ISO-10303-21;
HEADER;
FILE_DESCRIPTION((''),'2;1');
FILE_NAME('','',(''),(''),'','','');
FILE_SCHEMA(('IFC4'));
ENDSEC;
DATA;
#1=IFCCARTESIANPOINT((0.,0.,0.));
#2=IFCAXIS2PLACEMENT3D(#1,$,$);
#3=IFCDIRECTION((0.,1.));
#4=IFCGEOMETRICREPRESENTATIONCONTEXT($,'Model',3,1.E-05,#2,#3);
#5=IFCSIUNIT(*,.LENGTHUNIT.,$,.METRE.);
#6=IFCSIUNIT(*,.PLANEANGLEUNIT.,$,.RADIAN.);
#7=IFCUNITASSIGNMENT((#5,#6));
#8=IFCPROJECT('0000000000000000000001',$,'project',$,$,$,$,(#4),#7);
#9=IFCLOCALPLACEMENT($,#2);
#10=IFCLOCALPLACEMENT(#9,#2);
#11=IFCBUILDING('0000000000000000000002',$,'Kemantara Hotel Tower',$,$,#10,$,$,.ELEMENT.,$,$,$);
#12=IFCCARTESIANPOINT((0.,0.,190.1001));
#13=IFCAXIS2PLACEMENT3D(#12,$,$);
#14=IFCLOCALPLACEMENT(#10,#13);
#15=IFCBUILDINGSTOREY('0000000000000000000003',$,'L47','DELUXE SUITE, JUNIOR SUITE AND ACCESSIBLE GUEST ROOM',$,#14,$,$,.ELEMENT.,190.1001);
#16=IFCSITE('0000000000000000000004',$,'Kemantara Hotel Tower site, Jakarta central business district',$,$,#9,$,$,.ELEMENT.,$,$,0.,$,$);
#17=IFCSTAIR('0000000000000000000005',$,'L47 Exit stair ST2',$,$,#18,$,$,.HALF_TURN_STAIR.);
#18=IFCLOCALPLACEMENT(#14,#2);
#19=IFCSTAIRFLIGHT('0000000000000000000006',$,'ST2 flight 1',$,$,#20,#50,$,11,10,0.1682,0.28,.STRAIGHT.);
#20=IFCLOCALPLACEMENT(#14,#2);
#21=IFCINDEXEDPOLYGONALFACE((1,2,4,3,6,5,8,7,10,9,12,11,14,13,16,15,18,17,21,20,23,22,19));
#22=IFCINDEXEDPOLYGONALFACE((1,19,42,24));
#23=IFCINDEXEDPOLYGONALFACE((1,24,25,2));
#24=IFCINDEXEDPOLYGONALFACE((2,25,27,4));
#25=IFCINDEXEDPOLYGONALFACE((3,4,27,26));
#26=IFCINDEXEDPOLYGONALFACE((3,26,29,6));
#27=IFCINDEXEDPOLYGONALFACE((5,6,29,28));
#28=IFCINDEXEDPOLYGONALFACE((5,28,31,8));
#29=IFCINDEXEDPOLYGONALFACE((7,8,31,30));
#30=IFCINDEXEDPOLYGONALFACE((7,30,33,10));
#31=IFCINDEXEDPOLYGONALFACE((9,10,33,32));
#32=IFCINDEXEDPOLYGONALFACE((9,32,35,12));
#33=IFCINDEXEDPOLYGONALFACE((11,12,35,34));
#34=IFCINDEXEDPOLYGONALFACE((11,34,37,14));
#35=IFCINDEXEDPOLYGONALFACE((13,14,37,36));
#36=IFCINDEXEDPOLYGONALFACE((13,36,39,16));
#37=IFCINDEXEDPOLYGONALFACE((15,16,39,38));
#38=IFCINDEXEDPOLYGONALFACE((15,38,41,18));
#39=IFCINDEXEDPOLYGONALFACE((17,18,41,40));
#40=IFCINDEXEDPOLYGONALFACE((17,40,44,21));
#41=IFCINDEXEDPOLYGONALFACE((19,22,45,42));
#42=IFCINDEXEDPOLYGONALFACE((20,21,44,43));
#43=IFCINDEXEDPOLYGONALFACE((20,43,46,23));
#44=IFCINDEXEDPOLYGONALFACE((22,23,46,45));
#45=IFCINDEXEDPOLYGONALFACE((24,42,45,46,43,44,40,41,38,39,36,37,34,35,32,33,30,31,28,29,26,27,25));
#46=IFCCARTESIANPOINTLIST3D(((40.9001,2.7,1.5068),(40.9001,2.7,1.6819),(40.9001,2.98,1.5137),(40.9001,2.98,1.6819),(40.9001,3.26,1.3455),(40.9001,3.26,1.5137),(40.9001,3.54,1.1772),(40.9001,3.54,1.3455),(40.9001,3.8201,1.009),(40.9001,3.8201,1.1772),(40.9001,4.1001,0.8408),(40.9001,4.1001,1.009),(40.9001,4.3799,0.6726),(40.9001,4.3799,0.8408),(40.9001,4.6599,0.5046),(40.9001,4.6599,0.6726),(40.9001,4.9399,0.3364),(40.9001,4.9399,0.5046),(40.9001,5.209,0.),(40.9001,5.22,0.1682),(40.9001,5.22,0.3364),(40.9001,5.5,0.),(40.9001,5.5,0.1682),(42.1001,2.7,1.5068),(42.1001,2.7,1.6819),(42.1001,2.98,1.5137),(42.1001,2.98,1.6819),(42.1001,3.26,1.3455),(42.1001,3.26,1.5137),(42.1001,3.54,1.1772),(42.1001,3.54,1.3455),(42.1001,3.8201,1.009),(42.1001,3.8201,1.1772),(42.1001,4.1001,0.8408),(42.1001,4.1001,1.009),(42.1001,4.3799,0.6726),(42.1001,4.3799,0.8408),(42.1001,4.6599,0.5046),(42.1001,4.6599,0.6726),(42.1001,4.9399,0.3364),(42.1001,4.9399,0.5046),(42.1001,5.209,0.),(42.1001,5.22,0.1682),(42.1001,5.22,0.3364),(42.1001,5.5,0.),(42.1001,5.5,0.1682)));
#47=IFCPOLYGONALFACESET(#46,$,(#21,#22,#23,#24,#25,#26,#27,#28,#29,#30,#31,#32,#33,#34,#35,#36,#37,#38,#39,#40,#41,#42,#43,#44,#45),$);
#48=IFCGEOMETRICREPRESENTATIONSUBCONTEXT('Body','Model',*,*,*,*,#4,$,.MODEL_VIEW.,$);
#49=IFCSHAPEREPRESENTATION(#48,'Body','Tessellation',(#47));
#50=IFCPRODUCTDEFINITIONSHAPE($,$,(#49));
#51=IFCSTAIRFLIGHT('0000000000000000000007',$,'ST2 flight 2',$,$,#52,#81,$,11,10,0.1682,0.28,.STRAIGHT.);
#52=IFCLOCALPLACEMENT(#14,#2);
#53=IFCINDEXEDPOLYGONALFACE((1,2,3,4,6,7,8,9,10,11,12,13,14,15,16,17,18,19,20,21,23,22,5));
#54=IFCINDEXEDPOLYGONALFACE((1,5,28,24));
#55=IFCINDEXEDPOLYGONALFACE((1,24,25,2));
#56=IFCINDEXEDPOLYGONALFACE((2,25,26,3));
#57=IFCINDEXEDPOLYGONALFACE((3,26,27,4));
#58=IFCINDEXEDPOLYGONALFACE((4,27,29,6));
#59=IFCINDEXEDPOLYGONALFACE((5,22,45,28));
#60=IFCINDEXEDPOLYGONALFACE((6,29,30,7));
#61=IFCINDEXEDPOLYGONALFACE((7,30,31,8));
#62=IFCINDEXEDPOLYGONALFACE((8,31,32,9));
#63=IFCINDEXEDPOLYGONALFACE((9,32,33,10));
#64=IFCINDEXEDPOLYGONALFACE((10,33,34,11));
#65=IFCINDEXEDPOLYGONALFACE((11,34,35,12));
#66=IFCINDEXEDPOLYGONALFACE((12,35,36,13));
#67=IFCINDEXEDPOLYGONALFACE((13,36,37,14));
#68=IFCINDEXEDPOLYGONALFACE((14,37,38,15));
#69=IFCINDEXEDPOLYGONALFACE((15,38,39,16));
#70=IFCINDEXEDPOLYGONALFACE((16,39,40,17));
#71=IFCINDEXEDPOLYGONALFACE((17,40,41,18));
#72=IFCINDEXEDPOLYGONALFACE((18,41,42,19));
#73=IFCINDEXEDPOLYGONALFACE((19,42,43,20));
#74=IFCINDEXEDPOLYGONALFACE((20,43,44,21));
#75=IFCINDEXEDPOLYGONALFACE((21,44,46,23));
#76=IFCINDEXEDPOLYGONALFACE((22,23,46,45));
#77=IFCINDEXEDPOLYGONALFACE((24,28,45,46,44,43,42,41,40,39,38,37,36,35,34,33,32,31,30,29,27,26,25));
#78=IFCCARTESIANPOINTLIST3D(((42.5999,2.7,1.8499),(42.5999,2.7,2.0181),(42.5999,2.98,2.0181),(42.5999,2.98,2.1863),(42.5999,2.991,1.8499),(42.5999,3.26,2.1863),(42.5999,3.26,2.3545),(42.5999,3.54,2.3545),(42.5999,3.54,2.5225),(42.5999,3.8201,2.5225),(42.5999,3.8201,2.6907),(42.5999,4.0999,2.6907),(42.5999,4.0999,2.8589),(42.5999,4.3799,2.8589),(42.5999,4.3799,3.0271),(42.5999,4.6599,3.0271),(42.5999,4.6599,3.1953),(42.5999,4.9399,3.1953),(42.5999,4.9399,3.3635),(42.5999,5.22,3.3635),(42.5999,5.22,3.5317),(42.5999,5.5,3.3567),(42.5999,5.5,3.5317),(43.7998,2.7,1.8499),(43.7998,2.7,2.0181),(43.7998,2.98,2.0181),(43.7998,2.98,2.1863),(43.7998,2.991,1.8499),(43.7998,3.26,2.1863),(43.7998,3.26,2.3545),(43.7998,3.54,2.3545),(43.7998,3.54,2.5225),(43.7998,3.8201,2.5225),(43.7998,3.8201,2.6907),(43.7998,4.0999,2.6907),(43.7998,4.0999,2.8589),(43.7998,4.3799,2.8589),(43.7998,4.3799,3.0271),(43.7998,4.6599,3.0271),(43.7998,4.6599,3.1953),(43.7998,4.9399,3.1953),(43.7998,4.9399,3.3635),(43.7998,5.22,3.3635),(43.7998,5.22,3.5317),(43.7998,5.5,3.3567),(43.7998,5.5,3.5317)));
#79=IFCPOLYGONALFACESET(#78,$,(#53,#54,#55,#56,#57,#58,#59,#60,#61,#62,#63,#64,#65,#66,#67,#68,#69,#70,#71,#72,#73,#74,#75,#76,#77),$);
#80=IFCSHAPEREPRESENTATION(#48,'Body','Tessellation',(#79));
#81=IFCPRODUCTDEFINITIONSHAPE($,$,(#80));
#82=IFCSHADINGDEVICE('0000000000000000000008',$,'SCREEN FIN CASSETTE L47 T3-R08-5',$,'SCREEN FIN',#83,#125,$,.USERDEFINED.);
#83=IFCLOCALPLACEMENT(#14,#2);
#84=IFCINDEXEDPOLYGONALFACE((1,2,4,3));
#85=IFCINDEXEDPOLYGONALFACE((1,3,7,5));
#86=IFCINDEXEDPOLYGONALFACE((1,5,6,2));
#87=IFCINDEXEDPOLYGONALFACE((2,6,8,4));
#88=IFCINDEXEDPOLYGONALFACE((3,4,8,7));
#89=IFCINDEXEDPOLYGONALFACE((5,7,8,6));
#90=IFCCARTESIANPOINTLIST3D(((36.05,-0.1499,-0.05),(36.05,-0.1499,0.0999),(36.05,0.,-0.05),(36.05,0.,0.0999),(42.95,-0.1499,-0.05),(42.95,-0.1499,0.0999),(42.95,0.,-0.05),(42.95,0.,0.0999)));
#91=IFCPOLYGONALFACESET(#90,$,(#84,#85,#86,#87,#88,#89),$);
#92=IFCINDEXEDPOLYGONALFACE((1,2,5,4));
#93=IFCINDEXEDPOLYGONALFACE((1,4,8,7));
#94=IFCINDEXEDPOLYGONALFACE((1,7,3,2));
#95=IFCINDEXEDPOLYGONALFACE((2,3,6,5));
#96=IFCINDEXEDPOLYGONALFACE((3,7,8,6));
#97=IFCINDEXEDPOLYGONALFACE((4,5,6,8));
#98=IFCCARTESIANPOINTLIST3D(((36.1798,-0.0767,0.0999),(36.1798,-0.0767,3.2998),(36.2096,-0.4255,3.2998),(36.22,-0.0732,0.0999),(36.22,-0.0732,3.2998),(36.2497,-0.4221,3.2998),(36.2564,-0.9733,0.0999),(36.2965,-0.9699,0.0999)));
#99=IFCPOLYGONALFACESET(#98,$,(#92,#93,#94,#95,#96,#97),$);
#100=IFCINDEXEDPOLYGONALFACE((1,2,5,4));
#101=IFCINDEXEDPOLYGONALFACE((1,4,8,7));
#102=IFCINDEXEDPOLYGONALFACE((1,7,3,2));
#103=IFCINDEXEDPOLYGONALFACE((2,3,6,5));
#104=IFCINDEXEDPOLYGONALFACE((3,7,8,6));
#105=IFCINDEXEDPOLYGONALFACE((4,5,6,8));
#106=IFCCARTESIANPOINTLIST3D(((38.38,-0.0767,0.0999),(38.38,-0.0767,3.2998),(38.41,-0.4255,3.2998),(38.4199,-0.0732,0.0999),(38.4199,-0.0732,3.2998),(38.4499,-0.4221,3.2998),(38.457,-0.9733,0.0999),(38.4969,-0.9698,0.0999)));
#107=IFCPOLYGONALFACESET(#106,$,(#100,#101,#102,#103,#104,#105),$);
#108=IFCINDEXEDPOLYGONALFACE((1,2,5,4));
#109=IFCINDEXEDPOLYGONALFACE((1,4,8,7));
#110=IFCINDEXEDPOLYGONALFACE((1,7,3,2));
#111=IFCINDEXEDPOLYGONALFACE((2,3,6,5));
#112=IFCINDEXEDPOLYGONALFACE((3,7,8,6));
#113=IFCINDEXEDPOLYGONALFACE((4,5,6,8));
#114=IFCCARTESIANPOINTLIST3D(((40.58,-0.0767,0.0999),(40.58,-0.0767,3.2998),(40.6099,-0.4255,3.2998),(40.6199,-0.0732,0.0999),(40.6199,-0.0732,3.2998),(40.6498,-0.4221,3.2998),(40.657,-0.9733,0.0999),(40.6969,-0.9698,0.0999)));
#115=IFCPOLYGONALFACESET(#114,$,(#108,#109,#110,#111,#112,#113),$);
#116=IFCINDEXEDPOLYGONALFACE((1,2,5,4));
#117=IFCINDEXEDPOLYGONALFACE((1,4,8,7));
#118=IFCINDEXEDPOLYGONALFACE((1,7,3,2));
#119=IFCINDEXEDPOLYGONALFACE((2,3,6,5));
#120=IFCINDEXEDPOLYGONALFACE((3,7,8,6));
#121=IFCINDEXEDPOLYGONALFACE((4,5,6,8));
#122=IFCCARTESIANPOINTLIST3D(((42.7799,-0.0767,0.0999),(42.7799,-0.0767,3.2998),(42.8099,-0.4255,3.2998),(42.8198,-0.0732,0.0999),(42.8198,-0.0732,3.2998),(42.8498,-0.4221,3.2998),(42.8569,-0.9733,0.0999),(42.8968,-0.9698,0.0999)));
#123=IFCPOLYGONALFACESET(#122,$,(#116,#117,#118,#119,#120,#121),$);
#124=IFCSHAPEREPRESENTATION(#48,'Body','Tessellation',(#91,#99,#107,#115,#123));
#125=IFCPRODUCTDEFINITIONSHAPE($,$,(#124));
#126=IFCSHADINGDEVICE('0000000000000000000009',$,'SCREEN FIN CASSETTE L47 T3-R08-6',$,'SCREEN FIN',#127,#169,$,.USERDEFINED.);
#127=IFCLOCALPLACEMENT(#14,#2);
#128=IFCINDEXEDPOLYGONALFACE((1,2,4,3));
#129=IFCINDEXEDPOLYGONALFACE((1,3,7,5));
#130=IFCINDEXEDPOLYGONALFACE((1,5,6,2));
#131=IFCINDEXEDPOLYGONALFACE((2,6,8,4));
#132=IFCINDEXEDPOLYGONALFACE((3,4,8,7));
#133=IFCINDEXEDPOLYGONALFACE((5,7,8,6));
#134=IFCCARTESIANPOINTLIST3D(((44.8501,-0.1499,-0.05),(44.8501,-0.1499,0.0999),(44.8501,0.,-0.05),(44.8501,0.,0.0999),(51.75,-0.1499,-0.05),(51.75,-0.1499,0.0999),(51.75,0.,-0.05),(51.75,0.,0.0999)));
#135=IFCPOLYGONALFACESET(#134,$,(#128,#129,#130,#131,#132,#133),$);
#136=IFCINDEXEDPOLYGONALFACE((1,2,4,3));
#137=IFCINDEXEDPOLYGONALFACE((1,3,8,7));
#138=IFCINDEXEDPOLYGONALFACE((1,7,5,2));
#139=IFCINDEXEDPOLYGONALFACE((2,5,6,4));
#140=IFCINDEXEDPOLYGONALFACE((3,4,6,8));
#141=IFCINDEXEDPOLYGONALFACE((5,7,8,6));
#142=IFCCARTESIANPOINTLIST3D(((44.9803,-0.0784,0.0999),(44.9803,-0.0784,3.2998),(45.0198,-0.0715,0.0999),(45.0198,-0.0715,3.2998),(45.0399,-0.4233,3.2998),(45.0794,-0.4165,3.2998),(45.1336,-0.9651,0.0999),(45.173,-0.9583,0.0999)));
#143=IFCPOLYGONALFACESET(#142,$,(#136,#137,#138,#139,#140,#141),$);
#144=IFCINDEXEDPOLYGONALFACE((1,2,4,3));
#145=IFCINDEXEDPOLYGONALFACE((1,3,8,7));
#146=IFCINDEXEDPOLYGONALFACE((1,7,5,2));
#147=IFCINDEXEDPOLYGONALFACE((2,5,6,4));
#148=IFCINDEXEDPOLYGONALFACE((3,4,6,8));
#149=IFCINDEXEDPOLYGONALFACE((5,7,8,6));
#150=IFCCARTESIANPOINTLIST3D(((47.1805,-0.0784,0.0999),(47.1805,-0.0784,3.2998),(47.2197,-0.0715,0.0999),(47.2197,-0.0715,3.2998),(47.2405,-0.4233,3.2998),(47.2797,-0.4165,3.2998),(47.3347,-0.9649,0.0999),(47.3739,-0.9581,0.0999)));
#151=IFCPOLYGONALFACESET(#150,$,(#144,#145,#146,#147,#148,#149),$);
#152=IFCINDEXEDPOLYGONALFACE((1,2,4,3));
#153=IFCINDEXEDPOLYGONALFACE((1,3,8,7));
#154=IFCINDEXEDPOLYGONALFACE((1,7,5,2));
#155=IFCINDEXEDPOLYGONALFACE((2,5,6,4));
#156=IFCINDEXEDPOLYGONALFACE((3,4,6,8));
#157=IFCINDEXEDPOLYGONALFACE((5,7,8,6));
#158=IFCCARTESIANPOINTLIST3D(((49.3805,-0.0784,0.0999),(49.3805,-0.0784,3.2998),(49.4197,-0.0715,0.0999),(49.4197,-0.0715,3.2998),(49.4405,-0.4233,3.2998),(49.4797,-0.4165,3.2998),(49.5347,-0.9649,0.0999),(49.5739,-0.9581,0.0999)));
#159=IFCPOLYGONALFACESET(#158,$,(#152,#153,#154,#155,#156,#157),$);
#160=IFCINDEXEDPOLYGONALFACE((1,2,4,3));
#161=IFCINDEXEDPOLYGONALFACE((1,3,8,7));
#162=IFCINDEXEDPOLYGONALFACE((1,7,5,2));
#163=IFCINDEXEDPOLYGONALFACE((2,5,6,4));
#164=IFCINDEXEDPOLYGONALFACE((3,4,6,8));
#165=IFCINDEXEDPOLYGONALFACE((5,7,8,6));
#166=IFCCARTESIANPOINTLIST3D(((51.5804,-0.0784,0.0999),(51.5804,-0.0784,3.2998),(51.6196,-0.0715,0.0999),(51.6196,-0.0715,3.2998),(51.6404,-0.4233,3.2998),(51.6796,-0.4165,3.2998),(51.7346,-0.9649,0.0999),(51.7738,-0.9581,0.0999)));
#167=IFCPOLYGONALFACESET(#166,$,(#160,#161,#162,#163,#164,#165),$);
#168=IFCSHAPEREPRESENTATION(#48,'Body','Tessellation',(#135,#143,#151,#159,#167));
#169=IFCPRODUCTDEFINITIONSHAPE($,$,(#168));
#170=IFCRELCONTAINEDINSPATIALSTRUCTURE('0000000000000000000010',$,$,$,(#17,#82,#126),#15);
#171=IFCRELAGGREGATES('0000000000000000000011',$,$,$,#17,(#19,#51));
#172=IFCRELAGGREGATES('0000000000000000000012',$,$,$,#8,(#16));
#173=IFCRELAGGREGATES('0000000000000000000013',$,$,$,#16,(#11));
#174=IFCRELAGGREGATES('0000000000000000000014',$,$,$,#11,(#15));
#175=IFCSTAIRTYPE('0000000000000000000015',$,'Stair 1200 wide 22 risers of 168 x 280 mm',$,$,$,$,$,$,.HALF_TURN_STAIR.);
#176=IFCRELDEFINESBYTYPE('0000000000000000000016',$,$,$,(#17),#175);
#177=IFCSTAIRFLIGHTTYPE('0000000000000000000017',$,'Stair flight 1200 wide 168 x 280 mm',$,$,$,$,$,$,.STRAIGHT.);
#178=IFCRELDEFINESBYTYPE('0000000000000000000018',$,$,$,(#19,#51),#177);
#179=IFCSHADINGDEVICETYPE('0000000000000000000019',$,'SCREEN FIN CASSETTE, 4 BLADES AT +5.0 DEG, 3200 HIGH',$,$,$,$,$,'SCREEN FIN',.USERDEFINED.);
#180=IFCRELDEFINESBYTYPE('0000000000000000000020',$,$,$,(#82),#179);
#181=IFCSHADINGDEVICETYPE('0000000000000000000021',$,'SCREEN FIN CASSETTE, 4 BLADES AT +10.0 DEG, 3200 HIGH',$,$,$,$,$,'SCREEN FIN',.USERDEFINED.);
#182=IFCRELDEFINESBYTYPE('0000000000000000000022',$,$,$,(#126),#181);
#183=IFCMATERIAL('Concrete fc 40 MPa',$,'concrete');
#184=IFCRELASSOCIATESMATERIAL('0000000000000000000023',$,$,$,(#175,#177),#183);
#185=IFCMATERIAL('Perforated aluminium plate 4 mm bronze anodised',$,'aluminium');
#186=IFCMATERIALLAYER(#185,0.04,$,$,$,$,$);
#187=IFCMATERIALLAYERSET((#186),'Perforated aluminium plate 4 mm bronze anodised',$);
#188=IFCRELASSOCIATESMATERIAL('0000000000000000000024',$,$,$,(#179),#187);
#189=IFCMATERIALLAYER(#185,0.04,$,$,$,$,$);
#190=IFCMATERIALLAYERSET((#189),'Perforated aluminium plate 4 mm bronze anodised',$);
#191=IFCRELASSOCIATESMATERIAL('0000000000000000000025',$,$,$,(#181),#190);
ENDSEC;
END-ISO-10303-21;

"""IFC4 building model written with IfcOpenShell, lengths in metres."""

from ifc_helpers import new_model, si_unit, direction, frame, origin, origin_2d, place, context, subcontext, project, spatial, polyline, rectangle, outline, extrude, source, transform, mapped, material, layer, layer_set, type_object, element, aggregate, save


model = new_model("IFC4")

# Units and contexts
model_context = context("Model", 3, precision=1e-05, world=origin(), true_north=direction((0.0, 1.0)))
body_context = subcontext(model_context, "Body", "Model", "MODEL_VIEW")
ifc_project = project(units=[si_unit("LENGTHUNIT", "METRE"), si_unit("PLANEANGLEUNIT", "RADIAN")], contexts=[model_context])

# Site, building, storey
site_placement = place(None, origin())
site = spatial("IfcSite", under=ifc_project, at=site_placement, Name="Kemantara Hotel Tower site, Jakarta central business district", CompositionType="ELEMENT", RefElevation=0.0)
building_placement = place(site_placement, origin())
building = spatial("IfcBuilding", under=site, at=building_placement, Name="Kemantara Hotel Tower", CompositionType="ELEMENT")
storey_placement = place(building_placement, frame((0.0, 0.0, 190.1001)))
storey = spatial("IfcBuildingStorey", under=building, at=storey_placement, Name="L47", Description="DELUXE SUITE, JUNIOR SUITE AND ACCESSIBLE GUEST ROOM", CompositionType="ELEMENT", Elevation=190.1001)

# Stair, stair flights
ifc_material_1 = material(Name="Concrete fc 40 MPa", Category="concrete")
stair_type = type_object("IfcStairType", Name="Stair 1200 wide 22 risers of 168 x 280 mm", PredefinedType="HALF_TURN_STAIR", material=ifc_material_1)
stair_placement = place(storey_placement, origin())
stair = element("IfcStair", 1, at=stair_placement, inside=storey, type_object=stair_type, Name="L47 Exit stair ST2", PredefinedType="HALF_TURN_STAIR")
stair_flight_type = type_object("IfcStairFlightType", Name="Stair flight 1200 wide 168 x 280 mm", PredefinedType="STRAIGHT", material=ifc_material_1)
stair_flight_1_placement = place(storey_placement, frame((41.5, 5.5, 0.0), z_axis=(0.0, 0.0, 1.0), x_axis=(0.0, -1.0, 0.0)))
stair_flight_1 = element("IfcStairFlight", 2, at=stair_flight_1_placement, type_object=stair_flight_type, Name="ST2 flight 1", NumberOfRisers=11, NumberOfTreads=10, PredefinedType="STRAIGHT", RiserHeight=0.1682, TreadLength=0.28, context=body_context, shape_type="SweptSolid", body=[
    extrude(outline(polyline([(0.0, 0.0), (0.0, 0.1682), (0.28, 0.1682), (0.28, 0.3364), (0.5601, 0.3364), (0.5601, 0.5046), (0.8401, 0.5046), (0.8401, 0.6726), (1.1201, 0.6726), (1.1201, 0.8408), (1.3999, 0.8408), (1.3999, 1.009), (1.6799, 1.009), (1.6799, 1.1772), (1.96, 1.1772), (1.96, 1.3455), (2.24, 1.3455), (2.24, 1.5137), (2.52, 1.5137), (2.52, 1.6819), (2.8, 1.6819), (2.8, 1.8501), (2.8, 1.5068), (0.291, 0.0), (0.0, 0.0)])), frame((0.0, 0.6001, 0.0), z_axis=(0.0, -1.0, 0.0), x_axis=(1.0, 0.0, 0.0)), (0.0, 0.0, 1.0), 1.2),
])
stair_flight_2_placement = place(storey_placement, frame((43.2, 2.7, 1.8499), z_axis=(0.0, 0.0, 1.0), x_axis=(0.0, 1.0, 0.0)))
stair_flight_2 = element("IfcStairFlight", 3, at=stair_flight_2_placement, type_object=stair_flight_type, Name="ST2 flight 2", NumberOfRisers=11, NumberOfTreads=10, PredefinedType="STRAIGHT", RiserHeight=0.1682, TreadLength=0.28, context=body_context, shape_type="SweptSolid", body=[
    extrude(outline(polyline([(0.0, 0.0), (0.0, 0.1682), (0.28, 0.1682), (0.28, 0.3364), (0.5601, 0.3364), (0.5601, 0.5046), (0.8401, 0.5046), (0.8401, 0.6726), (1.1201, 0.6726), (1.1201, 0.8408), (1.3999, 0.8408), (1.3999, 1.009), (1.6799, 1.009), (1.6799, 1.1772), (1.96, 1.1772), (1.96, 1.3455), (2.24, 1.3455), (2.24, 1.5137), (2.52, 1.5137), (2.52, 1.6819), (2.8, 1.6819), (2.8, 1.8501), (2.8, 1.5068), (0.291, 0.0), (0.0, 0.0)])), frame((0.0, 0.6001, 0.0), z_axis=(0.0, -1.0, 0.0), x_axis=(1.0, 0.0, 0.0)), (0.0, 0.0, 1.0), 1.2),
])
aggregate(stair, [stair_flight_1, stair_flight_2])

# Shading devices
ifc_material_2 = material(Name="Perforated aluminium plate 4 mm bronze anodised", Category="aluminium")
ifc_layer_1 = layer(ifc_material_2, 0.04)
ifc_layer_set_1 = layer_set([ifc_layer_1], Name="Perforated aluminium plate 4 mm bronze anodised")
shading_device_type_1 = type_object("IfcShadingDeviceType", Name="SCREEN FIN CASSETTE, 4 BLADES AT +5.0 DEG, 3200 HIGH", ElementType="SCREEN FIN", PredefinedType="USERDEFINED", material=ifc_layer_set_1)
shared_shape_1 = source(origin(), body_context, "Body", "SweptSolid", [
    extrude(rectangle(XDim=6.8999, YDim=0.1499, at=origin_2d()), frame((3.3, -0.075, -0.1499), z_axis=(0.0, 0.0, 1.0), x_axis=(1.0, 0.0, 0.0)), (0.0, 0.0, 1.0), 0.1499),
    extrude(outline(polyline([(0.0, 0.0), (0.8999, 0.0), (0.3501, 3.2), (0.0, 3.2), (0.0, 0.0)])), frame((0.02, -0.0732, 0.0), z_axis=(-0.996376, -0.085056, 0.0), x_axis=(0.085056, -0.996376, 0.0)), (0.0, 0.0, 1.0), 0.0403),
    extrude(outline(polyline([(0.0, 0.0), (0.8999, 0.0), (0.3501, 3.2), (0.0, 3.2), (0.0, 0.0)])), frame((2.22, -0.0732, 0.0), z_axis=(-0.996332, -0.085575, 0.0), x_axis=(0.085575, -0.996332, 0.0)), (0.0, 0.0, 1.0), 0.04),
    extrude(outline(polyline([(0.0, 0.0), (0.8999, 0.0), (0.3501, 3.2), (0.0, 3.2), (0.0, 0.0)])), frame((4.4199, -0.0732, 0.0), z_axis=(-0.996332, -0.085575, 0.0), x_axis=(0.085575, -0.996332, 0.0)), (0.0, 0.0, 1.0), 0.04),
    extrude(outline(polyline([(0.0, 0.0), (0.8999, 0.0), (0.3501, 3.2), (0.0, 3.2), (0.0, 0.0)])), frame((6.6199, -0.0732, 0.0), z_axis=(-0.996332, -0.085575, 0.0), x_axis=(0.085575, -0.996332, 0.0)), (0.0, 0.0, 1.0), 0.04),
])
shading_device_1_placement = place(storey_placement, frame((36.2, 0.0, 0.0999), z_axis=(0.0, 0.0, 1.0), x_axis=(1.0, 0.0, 0.0)))
element("IfcShadingDevice", 4, at=shading_device_1_placement, inside=storey, type_object=shading_device_type_1, Name="SCREEN FIN CASSETTE L47 T3-R08-5", ObjectType="SCREEN FIN", PredefinedType="USERDEFINED", context=body_context, shape_type="MappedRepresentation", body=[
    mapped(shared_shape_1, transform((0.0, 0.0, 0.0))),
])
ifc_layer_2 = layer(ifc_material_2, 0.04)
ifc_layer_set_2 = layer_set([ifc_layer_2], Name="Perforated aluminium plate 4 mm bronze anodised")
shading_device_type_2 = type_object("IfcShadingDeviceType", Name="SCREEN FIN CASSETTE, 4 BLADES AT +10.0 DEG, 3200 HIGH", ElementType="SCREEN FIN", PredefinedType="USERDEFINED", material=ifc_layer_set_2)
shared_shape_2 = source(origin(), body_context, "Body", "SweptSolid", [
    extrude(rectangle(XDim=6.8999, YDim=0.1499, at=origin_2d()), frame((3.3, -0.075, -0.1499), z_axis=(0.0, 0.0, 1.0), x_axis=(1.0, 0.0, 0.0)), (0.0, 0.0, 1.0), 0.1499),
    extrude(outline(polyline([(0.0, 0.0), (0.8999, 0.0), (0.3501, 3.2), (0.0, 3.2), (0.0, 0.0)])), frame((0.0198, -0.0715, 0.0), z_axis=(-0.98539, -0.170314, 0.0), x_axis=(0.170314, -0.98539, 0.0)), (0.0, 0.0, 1.0), 0.04),
    extrude(outline(polyline([(0.0, 0.0), (0.8999, 0.0), (0.3501, 3.2), (0.0, 3.2), (0.0, 0.0)])), frame((2.2197, -0.0715, 0.0), z_axis=(-0.985212, -0.171341, 0.0), x_axis=(0.171341, -0.985212, 0.0)), (0.0, 0.0, 1.0), 0.0398),
    extrude(outline(polyline([(0.0, 0.0), (0.8999, 0.0), (0.3501, 3.2), (0.0, 3.2), (0.0, 0.0)])), frame((4.4197, -0.0715, 0.0), z_axis=(-0.985212, -0.171341, 0.0), x_axis=(0.171341, -0.985212, 0.0)), (0.0, 0.0, 1.0), 0.0398),
    extrude(outline(polyline([(0.0, 0.0), (0.8999, 0.0), (0.3501, 3.2), (0.0, 3.2), (0.0, 0.0)])), frame((6.6196, -0.0715, 0.0), z_axis=(-0.985212, -0.171341, 0.0), x_axis=(0.171341, -0.985212, 0.0)), (0.0, 0.0, 1.0), 0.0398),
])
shading_device_2_placement = place(storey_placement, frame((45.0, 0.0, 0.0999), z_axis=(0.0, 0.0, 1.0), x_axis=(1.0, 0.0, 0.0)))
element("IfcShadingDevice", 5, at=shading_device_2_placement, inside=storey, type_object=shading_device_type_2, Name="SCREEN FIN CASSETTE L47 T3-R08-6", ObjectType="SCREEN FIN", PredefinedType="USERDEFINED", context=body_context, shape_type="MappedRepresentation", body=[
    mapped(shared_shape_2, transform((0.0, 0.0, 0.0))),
])

save(model, "model.ifc")
